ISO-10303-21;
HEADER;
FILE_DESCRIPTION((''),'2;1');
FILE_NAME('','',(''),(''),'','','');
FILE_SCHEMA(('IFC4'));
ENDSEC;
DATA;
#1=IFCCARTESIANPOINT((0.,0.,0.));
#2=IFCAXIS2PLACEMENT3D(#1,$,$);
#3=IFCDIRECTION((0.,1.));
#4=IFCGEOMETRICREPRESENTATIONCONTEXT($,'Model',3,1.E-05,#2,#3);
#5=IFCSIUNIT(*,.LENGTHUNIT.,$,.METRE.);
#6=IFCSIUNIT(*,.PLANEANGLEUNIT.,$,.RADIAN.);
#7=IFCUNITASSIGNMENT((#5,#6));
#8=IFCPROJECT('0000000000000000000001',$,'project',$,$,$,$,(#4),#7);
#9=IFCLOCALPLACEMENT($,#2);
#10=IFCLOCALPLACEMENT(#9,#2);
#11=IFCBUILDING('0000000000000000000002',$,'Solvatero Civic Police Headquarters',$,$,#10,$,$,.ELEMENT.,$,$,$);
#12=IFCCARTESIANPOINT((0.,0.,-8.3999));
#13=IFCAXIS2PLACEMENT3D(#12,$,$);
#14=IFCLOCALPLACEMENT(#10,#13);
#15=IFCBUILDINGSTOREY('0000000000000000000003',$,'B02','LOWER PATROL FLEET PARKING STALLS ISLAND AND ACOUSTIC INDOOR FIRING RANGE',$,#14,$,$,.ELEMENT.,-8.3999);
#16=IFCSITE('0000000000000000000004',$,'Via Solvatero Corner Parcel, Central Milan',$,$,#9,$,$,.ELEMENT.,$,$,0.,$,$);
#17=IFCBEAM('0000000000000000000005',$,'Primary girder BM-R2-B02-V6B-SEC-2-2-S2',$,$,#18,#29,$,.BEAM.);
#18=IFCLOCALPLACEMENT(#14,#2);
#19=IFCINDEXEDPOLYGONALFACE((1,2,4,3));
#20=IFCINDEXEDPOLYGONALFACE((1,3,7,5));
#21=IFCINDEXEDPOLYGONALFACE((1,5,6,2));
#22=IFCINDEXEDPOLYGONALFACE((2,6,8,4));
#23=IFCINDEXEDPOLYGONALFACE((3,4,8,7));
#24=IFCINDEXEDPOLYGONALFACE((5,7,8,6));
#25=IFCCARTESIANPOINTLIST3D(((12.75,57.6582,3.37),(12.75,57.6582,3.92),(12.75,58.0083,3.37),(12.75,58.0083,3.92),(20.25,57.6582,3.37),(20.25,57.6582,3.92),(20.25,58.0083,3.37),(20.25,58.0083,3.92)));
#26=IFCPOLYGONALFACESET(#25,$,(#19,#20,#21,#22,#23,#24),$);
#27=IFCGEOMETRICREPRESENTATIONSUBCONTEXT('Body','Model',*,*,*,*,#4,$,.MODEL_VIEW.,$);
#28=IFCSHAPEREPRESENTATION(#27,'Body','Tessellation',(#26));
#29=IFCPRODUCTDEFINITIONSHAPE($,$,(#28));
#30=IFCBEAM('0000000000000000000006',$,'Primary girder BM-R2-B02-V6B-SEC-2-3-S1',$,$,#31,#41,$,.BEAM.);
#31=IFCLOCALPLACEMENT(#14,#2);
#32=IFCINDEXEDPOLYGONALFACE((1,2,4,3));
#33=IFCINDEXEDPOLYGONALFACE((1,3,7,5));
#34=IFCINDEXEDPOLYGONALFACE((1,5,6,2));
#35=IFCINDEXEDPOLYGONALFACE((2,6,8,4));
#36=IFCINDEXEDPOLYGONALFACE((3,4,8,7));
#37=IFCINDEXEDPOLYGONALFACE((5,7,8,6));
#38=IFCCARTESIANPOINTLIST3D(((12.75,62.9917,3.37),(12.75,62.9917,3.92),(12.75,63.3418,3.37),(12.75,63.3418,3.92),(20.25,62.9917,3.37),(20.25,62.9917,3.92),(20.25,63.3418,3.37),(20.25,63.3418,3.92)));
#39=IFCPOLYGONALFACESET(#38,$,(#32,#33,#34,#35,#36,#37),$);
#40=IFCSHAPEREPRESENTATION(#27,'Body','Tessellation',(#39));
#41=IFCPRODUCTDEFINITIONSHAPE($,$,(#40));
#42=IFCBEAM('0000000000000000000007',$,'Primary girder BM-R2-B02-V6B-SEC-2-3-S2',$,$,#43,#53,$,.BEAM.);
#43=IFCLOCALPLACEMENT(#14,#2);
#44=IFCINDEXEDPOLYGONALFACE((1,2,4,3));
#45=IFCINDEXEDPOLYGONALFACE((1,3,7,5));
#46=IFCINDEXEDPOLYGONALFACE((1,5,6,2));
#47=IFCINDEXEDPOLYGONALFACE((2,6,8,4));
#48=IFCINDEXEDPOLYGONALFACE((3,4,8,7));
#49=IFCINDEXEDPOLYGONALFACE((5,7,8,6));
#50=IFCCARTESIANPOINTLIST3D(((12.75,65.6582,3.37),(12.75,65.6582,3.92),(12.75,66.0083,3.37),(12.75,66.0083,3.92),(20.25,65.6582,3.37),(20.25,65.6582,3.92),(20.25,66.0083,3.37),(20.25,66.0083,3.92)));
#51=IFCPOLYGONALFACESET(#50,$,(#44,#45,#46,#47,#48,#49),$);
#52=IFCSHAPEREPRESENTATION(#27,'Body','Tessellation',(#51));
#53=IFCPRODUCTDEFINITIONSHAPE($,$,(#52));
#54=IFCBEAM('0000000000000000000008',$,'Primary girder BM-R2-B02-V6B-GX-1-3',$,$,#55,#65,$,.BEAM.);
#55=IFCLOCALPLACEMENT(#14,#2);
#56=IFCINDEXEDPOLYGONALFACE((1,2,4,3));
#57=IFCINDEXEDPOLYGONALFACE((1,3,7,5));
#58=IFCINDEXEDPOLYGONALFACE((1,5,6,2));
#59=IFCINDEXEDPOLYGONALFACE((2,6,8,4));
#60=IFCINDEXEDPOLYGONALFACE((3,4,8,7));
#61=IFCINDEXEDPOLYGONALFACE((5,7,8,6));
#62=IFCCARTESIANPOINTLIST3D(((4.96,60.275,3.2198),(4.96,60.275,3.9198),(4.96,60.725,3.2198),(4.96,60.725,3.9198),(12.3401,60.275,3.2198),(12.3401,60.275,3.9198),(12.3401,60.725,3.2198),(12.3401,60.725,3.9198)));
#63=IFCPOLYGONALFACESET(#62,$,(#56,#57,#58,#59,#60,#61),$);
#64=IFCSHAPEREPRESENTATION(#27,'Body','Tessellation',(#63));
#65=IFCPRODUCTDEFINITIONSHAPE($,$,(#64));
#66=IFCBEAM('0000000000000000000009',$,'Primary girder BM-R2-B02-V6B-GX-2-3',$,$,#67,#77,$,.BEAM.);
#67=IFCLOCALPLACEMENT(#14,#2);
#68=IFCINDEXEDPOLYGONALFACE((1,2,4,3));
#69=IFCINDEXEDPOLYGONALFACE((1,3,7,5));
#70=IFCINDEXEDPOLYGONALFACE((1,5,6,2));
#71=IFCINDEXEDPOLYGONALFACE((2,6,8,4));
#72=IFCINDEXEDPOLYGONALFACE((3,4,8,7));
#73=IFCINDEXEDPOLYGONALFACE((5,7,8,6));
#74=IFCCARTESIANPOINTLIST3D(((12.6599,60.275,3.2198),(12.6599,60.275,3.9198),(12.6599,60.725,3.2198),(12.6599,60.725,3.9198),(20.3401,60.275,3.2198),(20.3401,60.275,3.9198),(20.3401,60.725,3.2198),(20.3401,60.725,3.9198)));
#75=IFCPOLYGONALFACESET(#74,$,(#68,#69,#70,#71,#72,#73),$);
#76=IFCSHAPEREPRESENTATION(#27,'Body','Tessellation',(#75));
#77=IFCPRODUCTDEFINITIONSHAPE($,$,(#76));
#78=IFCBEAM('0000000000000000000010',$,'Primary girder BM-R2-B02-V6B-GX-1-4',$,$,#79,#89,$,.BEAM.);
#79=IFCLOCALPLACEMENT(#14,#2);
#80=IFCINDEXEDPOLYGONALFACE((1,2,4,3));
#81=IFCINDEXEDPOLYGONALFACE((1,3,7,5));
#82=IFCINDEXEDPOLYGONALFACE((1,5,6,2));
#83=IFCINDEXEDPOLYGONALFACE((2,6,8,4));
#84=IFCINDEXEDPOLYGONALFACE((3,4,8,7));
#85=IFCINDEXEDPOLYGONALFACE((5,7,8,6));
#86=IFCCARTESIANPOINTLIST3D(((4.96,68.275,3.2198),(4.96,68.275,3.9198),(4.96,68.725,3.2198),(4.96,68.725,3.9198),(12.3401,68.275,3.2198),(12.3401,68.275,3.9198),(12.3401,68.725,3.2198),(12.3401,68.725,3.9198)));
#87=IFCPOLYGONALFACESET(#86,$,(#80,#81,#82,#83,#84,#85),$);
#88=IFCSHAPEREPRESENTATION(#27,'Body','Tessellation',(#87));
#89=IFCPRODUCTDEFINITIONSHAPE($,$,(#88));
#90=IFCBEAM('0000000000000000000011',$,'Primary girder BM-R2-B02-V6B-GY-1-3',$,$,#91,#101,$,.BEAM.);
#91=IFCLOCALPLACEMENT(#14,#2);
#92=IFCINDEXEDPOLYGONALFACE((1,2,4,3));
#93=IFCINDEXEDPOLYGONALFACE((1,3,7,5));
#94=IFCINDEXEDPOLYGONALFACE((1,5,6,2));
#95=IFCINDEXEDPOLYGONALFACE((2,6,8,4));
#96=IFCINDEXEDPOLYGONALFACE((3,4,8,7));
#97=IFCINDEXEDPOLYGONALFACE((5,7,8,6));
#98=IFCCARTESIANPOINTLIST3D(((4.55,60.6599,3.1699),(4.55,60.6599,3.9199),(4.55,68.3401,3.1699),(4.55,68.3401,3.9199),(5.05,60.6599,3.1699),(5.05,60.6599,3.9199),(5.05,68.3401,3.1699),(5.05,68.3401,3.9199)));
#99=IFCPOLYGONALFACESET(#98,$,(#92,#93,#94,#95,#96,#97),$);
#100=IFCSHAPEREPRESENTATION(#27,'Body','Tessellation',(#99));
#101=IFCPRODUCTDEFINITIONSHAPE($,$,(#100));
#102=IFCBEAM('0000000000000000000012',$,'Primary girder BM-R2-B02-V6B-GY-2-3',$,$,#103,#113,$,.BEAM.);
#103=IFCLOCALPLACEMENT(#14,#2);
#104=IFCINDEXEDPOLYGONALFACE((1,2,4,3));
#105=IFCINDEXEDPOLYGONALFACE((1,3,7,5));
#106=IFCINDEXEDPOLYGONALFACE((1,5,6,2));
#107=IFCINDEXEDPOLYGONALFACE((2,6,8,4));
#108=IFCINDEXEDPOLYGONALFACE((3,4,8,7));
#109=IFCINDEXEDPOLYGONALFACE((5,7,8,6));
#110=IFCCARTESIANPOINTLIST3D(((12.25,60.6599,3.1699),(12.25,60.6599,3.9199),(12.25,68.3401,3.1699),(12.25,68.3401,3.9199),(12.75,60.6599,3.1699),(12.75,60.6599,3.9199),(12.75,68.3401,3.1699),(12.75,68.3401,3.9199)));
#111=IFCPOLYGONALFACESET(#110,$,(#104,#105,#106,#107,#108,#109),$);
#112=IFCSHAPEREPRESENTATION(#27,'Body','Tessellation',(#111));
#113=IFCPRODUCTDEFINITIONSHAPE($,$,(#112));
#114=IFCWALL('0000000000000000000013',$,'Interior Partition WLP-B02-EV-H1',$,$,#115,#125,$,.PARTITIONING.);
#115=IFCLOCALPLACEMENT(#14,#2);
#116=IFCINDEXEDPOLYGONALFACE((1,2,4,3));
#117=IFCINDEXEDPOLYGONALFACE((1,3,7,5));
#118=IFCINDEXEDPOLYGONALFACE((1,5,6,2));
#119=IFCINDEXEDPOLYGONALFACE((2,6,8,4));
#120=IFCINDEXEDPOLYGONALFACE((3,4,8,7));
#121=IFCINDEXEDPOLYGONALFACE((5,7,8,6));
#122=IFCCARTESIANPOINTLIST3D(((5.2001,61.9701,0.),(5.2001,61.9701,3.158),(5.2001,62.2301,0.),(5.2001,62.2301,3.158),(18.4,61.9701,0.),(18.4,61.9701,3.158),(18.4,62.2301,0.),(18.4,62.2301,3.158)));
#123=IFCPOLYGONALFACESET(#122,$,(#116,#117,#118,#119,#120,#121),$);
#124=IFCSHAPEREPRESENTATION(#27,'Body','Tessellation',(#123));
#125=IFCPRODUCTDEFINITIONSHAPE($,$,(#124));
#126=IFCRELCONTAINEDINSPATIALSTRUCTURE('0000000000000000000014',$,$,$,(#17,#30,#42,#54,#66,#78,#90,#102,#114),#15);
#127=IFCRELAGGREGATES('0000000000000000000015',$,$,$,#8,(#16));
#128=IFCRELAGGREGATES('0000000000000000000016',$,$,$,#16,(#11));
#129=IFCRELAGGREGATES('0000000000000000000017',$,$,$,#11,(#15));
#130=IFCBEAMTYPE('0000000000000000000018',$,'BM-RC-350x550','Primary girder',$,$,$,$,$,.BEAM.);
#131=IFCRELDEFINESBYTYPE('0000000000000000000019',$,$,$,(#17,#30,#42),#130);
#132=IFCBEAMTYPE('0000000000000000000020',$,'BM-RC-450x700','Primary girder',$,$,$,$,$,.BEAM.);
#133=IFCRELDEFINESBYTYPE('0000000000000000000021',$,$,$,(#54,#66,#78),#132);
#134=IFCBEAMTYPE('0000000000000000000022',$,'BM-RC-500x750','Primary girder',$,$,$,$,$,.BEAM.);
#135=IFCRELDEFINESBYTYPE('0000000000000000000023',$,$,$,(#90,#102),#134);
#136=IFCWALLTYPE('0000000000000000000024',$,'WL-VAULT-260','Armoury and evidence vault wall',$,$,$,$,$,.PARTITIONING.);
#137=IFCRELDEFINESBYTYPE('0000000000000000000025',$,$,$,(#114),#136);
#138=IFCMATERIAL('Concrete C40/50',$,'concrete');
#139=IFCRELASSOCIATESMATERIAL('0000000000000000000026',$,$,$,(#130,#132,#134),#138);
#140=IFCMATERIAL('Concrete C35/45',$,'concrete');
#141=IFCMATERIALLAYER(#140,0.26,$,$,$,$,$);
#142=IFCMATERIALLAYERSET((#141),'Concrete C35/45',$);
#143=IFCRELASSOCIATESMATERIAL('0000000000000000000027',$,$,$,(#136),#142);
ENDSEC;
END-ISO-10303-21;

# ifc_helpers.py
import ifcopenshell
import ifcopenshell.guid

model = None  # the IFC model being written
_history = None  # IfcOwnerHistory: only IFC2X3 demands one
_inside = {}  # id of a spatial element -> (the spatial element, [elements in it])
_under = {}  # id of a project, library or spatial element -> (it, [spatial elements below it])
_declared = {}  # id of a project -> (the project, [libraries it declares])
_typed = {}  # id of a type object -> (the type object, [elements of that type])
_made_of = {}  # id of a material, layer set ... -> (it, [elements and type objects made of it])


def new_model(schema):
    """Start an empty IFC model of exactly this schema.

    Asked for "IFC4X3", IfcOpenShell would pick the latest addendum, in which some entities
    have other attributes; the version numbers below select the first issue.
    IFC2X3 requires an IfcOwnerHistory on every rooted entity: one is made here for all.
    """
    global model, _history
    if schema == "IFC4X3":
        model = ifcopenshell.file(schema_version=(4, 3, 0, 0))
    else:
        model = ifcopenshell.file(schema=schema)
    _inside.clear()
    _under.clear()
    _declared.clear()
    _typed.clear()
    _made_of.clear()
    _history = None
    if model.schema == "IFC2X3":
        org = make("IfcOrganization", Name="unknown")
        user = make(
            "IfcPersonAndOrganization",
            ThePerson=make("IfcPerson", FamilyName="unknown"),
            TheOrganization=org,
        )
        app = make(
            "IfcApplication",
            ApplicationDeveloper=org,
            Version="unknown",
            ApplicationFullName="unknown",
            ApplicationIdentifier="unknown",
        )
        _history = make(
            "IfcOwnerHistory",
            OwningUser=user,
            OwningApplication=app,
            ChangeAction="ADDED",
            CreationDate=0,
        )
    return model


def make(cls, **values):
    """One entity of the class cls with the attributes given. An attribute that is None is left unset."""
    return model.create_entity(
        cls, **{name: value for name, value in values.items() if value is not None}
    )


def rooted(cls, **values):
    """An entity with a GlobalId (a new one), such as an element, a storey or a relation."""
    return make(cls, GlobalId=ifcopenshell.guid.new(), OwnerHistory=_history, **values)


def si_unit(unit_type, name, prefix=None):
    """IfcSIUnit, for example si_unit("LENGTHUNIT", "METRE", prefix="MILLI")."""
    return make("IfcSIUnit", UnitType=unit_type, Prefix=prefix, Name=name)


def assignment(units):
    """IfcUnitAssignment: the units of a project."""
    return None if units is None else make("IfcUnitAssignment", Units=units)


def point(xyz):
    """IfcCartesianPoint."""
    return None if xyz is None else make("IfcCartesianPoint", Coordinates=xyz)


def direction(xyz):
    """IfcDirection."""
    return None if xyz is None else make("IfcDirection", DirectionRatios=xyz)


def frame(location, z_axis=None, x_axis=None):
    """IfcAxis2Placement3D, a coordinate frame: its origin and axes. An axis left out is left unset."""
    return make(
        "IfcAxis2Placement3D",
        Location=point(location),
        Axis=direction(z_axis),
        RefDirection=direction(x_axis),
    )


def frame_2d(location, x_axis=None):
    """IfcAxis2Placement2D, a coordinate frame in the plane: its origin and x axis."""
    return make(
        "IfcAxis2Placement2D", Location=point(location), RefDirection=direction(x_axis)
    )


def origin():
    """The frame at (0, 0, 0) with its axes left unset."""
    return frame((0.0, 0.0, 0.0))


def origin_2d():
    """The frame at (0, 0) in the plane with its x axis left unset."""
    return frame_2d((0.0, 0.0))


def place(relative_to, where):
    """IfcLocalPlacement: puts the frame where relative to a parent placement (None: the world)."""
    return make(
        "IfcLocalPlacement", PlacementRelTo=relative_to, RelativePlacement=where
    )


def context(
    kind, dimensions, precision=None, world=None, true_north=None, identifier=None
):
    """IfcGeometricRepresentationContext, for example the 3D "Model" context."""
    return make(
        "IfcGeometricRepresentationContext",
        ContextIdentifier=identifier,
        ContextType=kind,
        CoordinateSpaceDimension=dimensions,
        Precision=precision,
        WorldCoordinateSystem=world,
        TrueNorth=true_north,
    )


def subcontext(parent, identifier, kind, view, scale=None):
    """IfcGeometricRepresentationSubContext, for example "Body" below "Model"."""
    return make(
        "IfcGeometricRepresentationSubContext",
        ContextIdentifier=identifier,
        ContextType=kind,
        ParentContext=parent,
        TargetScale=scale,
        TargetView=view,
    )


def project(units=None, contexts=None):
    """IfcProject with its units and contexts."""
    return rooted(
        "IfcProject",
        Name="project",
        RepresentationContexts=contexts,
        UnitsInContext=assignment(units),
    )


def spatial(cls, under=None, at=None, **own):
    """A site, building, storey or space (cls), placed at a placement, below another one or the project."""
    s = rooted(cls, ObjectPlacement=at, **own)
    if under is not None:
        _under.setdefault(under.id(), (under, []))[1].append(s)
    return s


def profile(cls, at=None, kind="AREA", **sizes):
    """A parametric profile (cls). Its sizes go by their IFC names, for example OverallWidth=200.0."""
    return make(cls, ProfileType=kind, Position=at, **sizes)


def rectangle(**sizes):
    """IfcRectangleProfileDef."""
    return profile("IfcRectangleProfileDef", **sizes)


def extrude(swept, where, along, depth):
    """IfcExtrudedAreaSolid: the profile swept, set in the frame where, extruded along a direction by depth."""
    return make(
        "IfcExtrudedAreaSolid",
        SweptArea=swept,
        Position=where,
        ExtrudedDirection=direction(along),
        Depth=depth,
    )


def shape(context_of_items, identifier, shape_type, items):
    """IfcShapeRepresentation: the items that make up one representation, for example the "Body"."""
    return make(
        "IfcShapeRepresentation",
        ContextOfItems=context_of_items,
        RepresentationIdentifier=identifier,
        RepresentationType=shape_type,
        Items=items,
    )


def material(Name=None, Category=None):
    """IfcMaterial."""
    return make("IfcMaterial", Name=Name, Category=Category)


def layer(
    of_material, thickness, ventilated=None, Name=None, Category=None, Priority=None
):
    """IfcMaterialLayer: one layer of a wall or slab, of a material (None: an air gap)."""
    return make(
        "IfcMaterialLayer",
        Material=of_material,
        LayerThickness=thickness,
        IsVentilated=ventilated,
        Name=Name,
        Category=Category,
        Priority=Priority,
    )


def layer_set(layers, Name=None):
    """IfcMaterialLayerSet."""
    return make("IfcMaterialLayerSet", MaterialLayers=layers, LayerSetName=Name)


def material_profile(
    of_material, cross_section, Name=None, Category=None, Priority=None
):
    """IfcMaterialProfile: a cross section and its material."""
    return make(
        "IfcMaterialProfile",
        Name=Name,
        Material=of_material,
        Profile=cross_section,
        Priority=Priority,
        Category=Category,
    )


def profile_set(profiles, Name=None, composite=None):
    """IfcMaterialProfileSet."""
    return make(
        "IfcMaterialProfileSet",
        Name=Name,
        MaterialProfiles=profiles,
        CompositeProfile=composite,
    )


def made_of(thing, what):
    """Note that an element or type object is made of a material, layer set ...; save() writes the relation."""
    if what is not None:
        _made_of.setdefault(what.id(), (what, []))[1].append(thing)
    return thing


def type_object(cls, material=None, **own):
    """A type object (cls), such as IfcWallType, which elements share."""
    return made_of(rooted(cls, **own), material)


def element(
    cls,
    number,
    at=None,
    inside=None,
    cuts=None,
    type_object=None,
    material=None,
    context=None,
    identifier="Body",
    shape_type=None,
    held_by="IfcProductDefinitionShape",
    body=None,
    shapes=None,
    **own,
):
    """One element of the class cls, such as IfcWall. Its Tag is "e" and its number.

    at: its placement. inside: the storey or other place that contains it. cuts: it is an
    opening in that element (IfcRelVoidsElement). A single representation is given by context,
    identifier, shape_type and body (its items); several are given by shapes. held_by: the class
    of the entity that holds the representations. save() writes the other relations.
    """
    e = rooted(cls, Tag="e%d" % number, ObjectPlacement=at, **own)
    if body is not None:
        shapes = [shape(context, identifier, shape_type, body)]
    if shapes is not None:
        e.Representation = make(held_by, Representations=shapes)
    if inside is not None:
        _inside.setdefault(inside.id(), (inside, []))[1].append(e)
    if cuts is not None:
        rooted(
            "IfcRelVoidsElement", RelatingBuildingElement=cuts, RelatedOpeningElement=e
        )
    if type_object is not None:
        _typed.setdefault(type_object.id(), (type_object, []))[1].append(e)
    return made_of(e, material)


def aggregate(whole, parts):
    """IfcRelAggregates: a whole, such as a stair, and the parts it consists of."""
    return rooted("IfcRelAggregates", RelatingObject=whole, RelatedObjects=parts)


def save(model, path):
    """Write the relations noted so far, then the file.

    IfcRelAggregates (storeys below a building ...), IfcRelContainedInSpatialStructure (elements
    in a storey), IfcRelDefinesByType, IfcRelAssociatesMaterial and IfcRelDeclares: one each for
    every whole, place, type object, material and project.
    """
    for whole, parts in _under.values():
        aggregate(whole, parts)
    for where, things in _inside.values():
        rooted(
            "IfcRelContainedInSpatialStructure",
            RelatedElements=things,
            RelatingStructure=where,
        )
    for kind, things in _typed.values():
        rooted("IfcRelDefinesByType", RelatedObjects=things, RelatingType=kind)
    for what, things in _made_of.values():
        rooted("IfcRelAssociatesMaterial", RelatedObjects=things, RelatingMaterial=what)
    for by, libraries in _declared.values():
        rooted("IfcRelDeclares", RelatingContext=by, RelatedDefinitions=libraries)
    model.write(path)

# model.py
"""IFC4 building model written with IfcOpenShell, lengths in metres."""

from ifc_helpers import new_model, si_unit, direction, frame, frame_2d, origin, origin_2d, place, context, subcontext, project, spatial, rectangle, extrude, material, layer, layer_set, material_profile, profile_set, type_object, element, save


model = new_model("IFC4")

# Units and contexts
model_context = context("Model", 3, precision=1e-05, world=origin(), true_north=direction((0.0, 1.0)))
body_context = subcontext(model_context, "Body", "Model", "MODEL_VIEW")
ifc_project = project(units=[si_unit("LENGTHUNIT", "METRE"), si_unit("PLANEANGLEUNIT", "RADIAN")], contexts=[model_context])

# Site, building, storey
site_placement = place(None, origin())
site = spatial("IfcSite", under=ifc_project, at=site_placement, Name="Via Solvatero Corner Parcel, Central Milan", CompositionType="ELEMENT", RefElevation=0.0)
building_placement = place(site_placement, origin())
building = spatial("IfcBuilding", under=site, at=building_placement, Name="Solvatero Civic Police Headquarters", CompositionType="ELEMENT")
storey_placement = place(building_placement, frame((0.0, 0.0, -8.3999)))
storey = spatial("IfcBuildingStorey", under=building, at=storey_placement, Name="B02", Description="LOWER PATROL FLEET PARKING STALLS ISLAND AND ACOUSTIC INDOOR FIRING RANGE", CompositionType="ELEMENT", Elevation=-8.3999)

# Shared definitions
ifc_material_1 = material(Name="Concrete C35/45", Category="concrete")

# Shared definitions
ifc_material_2 = material(Name="Concrete C40/50", Category="concrete")

# Beams
ifc_material_profile_1 = material_profile(ifc_material_2, rectangle(XDim=0.3501, YDim=0.55, at=origin_2d()), Name="RC 350x550")
ifc_profile_set_1 = profile_set([ifc_material_profile_1], Name="Concrete C40/50")
beam_type_1 = type_object("IfcBeamType", Name="BM-RC-350x550", Description="Primary girder", PredefinedType="BEAM", material=ifc_profile_set_1)
for number, where, z_axis, x_axis, name in (
    (1, (12.75, 57.8333, 3.645), (1.0, 0.0, 0.0), (0.0, 1.0, 0.0), "Primary girder BM-R2-B02-V6B-SEC-2-2-S2"),
    (2, (12.75, 63.1667, 3.645), (1.0, 0.0, 0.0), (0.0, 1.0, 0.0), "Primary girder BM-R2-B02-V6B-SEC-2-3-S1"),
    (3, (12.75, 65.8333, 3.645), (1.0, 0.0, 0.0), (0.0, 1.0, 0.0), "Primary girder BM-R2-B02-V6B-SEC-2-3-S2"),
):
    element("IfcBeam", number, at=place(storey_placement, frame(where, z_axis=z_axis, x_axis=x_axis)), inside=storey, type_object=beam_type_1, Name=name, PredefinedType="BEAM", context=body_context, shape_type="SweptSolid", body=[
        extrude(rectangle(XDim=0.3501, YDim=0.55, at=origin_2d()), origin(), (0.0, 0.0, 1.0), 7.5),
    ])
ifc_material_profile_2 = material_profile(ifc_material_2, rectangle(XDim=0.45, YDim=0.7, at=origin_2d()), Name="RC 450x700")
ifc_profile_set_2 = profile_set([ifc_material_profile_2], Name="Concrete C40/50")
beam_type_2 = type_object("IfcBeamType", Name="BM-RC-450x700", Description="Primary girder", PredefinedType="BEAM", material=ifc_profile_set_2)
beam_1_placement = place(storey_placement, frame((4.96, 60.5, 3.5698), z_axis=(1.0, 0.0, 0.0), x_axis=(0.0, 1.0, 0.0)))
element("IfcBeam", 4, at=beam_1_placement, inside=storey, type_object=beam_type_2, Name="Primary girder BM-R2-B02-V6B-GX-1-3", PredefinedType="BEAM", context=body_context, shape_type="SweptSolid", body=[
    extrude(rectangle(XDim=0.45, YDim=0.7, at=origin_2d()), origin(), (0.0, 0.0, 1.0), 7.3801),
])
beam_2_placement = place(storey_placement, frame((12.6599, 60.5, 3.5698), z_axis=(1.0, 0.0, 0.0), x_axis=(0.0, 1.0, 0.0)))
element("IfcBeam", 5, at=beam_2_placement, inside=storey, type_object=beam_type_2, Name="Primary girder BM-R2-B02-V6B-GX-2-3", PredefinedType="BEAM", context=body_context, shape_type="SweptSolid", body=[
    extrude(rectangle(XDim=0.45, YDim=0.7, at=origin_2d()), origin(), (0.0, 0.0, 1.0), 7.6802),
])
beam_3_placement = place(storey_placement, frame((4.96, 68.5, 3.5698), z_axis=(1.0, 0.0, 0.0), x_axis=(0.0, 1.0, 0.0)))
element("IfcBeam", 6, at=beam_3_placement, inside=storey, type_object=beam_type_2, Name="Primary girder BM-R2-B02-V6B-GX-1-4", PredefinedType="BEAM", context=body_context, shape_type="SweptSolid", body=[
    extrude(rectangle(XDim=0.45, YDim=0.7, at=origin_2d()), origin(), (0.0, 0.0, 1.0), 7.3801),
])
ifc_material_profile_3 = material_profile(ifc_material_2, rectangle(XDim=0.5, YDim=0.75, at=origin_2d()), Name="RC 500x750")
ifc_profile_set_3 = profile_set([ifc_material_profile_3], Name="Concrete C40/50")
beam_type_3 = type_object("IfcBeamType", Name="BM-RC-500x750", Description="Primary girder", PredefinedType="BEAM", material=ifc_profile_set_3)
for number, where, z_axis, x_axis, name in (
    (7, (4.8, 60.6599, 3.5449), (0.0, 1.0, 0.0), (-1.0, 0.0, 0.0), "Primary girder BM-R2-B02-V6B-GY-1-3"),
    (8, (12.5, 60.6599, 3.5449), (0.0, 1.0, 0.0), (-1.0, 0.0, 0.0), "Primary girder BM-R2-B02-V6B-GY-2-3"),
):
    element("IfcBeam", number, at=place(storey_placement, frame(where, z_axis=z_axis, x_axis=x_axis)), inside=storey, type_object=beam_type_3, Name=name, PredefinedType="BEAM", context=body_context, shape_type="SweptSolid", body=[
        extrude(rectangle(XDim=0.5, YDim=0.75, at=origin_2d()), origin(), (0.0, 0.0, 1.0), 7.6802),
    ])

# Wall
ifc_layer = layer(ifc_material_1, 0.26)
ifc_layer_set = layer_set([ifc_layer], Name="Concrete C35/45")
wall_type = type_object("IfcWallType", Name="WL-VAULT-260", Description="Armoury and evidence vault wall", PredefinedType="PARTITIONING", material=ifc_layer_set)
wall_placement = place(storey_placement, frame((5.2, 62.1001, 0.0), z_axis=(0.0, 0.0, 1.0), x_axis=(1.0, 0.0, 0.0)))
element("IfcWall", 9, at=wall_placement, inside=storey, type_object=wall_type, Name="Interior Partition WLP-B02-EV-H1", PredefinedType="PARTITIONING", context=body_context, shape_type="SweptSolid", body=[
    extrude(rectangle(XDim=13.2, YDim=0.26, at=frame_2d((6.6001, 0.0))), origin(), (0.0, 0.0, 1.0), 3.158),
])

save(model, "model.ifc")
